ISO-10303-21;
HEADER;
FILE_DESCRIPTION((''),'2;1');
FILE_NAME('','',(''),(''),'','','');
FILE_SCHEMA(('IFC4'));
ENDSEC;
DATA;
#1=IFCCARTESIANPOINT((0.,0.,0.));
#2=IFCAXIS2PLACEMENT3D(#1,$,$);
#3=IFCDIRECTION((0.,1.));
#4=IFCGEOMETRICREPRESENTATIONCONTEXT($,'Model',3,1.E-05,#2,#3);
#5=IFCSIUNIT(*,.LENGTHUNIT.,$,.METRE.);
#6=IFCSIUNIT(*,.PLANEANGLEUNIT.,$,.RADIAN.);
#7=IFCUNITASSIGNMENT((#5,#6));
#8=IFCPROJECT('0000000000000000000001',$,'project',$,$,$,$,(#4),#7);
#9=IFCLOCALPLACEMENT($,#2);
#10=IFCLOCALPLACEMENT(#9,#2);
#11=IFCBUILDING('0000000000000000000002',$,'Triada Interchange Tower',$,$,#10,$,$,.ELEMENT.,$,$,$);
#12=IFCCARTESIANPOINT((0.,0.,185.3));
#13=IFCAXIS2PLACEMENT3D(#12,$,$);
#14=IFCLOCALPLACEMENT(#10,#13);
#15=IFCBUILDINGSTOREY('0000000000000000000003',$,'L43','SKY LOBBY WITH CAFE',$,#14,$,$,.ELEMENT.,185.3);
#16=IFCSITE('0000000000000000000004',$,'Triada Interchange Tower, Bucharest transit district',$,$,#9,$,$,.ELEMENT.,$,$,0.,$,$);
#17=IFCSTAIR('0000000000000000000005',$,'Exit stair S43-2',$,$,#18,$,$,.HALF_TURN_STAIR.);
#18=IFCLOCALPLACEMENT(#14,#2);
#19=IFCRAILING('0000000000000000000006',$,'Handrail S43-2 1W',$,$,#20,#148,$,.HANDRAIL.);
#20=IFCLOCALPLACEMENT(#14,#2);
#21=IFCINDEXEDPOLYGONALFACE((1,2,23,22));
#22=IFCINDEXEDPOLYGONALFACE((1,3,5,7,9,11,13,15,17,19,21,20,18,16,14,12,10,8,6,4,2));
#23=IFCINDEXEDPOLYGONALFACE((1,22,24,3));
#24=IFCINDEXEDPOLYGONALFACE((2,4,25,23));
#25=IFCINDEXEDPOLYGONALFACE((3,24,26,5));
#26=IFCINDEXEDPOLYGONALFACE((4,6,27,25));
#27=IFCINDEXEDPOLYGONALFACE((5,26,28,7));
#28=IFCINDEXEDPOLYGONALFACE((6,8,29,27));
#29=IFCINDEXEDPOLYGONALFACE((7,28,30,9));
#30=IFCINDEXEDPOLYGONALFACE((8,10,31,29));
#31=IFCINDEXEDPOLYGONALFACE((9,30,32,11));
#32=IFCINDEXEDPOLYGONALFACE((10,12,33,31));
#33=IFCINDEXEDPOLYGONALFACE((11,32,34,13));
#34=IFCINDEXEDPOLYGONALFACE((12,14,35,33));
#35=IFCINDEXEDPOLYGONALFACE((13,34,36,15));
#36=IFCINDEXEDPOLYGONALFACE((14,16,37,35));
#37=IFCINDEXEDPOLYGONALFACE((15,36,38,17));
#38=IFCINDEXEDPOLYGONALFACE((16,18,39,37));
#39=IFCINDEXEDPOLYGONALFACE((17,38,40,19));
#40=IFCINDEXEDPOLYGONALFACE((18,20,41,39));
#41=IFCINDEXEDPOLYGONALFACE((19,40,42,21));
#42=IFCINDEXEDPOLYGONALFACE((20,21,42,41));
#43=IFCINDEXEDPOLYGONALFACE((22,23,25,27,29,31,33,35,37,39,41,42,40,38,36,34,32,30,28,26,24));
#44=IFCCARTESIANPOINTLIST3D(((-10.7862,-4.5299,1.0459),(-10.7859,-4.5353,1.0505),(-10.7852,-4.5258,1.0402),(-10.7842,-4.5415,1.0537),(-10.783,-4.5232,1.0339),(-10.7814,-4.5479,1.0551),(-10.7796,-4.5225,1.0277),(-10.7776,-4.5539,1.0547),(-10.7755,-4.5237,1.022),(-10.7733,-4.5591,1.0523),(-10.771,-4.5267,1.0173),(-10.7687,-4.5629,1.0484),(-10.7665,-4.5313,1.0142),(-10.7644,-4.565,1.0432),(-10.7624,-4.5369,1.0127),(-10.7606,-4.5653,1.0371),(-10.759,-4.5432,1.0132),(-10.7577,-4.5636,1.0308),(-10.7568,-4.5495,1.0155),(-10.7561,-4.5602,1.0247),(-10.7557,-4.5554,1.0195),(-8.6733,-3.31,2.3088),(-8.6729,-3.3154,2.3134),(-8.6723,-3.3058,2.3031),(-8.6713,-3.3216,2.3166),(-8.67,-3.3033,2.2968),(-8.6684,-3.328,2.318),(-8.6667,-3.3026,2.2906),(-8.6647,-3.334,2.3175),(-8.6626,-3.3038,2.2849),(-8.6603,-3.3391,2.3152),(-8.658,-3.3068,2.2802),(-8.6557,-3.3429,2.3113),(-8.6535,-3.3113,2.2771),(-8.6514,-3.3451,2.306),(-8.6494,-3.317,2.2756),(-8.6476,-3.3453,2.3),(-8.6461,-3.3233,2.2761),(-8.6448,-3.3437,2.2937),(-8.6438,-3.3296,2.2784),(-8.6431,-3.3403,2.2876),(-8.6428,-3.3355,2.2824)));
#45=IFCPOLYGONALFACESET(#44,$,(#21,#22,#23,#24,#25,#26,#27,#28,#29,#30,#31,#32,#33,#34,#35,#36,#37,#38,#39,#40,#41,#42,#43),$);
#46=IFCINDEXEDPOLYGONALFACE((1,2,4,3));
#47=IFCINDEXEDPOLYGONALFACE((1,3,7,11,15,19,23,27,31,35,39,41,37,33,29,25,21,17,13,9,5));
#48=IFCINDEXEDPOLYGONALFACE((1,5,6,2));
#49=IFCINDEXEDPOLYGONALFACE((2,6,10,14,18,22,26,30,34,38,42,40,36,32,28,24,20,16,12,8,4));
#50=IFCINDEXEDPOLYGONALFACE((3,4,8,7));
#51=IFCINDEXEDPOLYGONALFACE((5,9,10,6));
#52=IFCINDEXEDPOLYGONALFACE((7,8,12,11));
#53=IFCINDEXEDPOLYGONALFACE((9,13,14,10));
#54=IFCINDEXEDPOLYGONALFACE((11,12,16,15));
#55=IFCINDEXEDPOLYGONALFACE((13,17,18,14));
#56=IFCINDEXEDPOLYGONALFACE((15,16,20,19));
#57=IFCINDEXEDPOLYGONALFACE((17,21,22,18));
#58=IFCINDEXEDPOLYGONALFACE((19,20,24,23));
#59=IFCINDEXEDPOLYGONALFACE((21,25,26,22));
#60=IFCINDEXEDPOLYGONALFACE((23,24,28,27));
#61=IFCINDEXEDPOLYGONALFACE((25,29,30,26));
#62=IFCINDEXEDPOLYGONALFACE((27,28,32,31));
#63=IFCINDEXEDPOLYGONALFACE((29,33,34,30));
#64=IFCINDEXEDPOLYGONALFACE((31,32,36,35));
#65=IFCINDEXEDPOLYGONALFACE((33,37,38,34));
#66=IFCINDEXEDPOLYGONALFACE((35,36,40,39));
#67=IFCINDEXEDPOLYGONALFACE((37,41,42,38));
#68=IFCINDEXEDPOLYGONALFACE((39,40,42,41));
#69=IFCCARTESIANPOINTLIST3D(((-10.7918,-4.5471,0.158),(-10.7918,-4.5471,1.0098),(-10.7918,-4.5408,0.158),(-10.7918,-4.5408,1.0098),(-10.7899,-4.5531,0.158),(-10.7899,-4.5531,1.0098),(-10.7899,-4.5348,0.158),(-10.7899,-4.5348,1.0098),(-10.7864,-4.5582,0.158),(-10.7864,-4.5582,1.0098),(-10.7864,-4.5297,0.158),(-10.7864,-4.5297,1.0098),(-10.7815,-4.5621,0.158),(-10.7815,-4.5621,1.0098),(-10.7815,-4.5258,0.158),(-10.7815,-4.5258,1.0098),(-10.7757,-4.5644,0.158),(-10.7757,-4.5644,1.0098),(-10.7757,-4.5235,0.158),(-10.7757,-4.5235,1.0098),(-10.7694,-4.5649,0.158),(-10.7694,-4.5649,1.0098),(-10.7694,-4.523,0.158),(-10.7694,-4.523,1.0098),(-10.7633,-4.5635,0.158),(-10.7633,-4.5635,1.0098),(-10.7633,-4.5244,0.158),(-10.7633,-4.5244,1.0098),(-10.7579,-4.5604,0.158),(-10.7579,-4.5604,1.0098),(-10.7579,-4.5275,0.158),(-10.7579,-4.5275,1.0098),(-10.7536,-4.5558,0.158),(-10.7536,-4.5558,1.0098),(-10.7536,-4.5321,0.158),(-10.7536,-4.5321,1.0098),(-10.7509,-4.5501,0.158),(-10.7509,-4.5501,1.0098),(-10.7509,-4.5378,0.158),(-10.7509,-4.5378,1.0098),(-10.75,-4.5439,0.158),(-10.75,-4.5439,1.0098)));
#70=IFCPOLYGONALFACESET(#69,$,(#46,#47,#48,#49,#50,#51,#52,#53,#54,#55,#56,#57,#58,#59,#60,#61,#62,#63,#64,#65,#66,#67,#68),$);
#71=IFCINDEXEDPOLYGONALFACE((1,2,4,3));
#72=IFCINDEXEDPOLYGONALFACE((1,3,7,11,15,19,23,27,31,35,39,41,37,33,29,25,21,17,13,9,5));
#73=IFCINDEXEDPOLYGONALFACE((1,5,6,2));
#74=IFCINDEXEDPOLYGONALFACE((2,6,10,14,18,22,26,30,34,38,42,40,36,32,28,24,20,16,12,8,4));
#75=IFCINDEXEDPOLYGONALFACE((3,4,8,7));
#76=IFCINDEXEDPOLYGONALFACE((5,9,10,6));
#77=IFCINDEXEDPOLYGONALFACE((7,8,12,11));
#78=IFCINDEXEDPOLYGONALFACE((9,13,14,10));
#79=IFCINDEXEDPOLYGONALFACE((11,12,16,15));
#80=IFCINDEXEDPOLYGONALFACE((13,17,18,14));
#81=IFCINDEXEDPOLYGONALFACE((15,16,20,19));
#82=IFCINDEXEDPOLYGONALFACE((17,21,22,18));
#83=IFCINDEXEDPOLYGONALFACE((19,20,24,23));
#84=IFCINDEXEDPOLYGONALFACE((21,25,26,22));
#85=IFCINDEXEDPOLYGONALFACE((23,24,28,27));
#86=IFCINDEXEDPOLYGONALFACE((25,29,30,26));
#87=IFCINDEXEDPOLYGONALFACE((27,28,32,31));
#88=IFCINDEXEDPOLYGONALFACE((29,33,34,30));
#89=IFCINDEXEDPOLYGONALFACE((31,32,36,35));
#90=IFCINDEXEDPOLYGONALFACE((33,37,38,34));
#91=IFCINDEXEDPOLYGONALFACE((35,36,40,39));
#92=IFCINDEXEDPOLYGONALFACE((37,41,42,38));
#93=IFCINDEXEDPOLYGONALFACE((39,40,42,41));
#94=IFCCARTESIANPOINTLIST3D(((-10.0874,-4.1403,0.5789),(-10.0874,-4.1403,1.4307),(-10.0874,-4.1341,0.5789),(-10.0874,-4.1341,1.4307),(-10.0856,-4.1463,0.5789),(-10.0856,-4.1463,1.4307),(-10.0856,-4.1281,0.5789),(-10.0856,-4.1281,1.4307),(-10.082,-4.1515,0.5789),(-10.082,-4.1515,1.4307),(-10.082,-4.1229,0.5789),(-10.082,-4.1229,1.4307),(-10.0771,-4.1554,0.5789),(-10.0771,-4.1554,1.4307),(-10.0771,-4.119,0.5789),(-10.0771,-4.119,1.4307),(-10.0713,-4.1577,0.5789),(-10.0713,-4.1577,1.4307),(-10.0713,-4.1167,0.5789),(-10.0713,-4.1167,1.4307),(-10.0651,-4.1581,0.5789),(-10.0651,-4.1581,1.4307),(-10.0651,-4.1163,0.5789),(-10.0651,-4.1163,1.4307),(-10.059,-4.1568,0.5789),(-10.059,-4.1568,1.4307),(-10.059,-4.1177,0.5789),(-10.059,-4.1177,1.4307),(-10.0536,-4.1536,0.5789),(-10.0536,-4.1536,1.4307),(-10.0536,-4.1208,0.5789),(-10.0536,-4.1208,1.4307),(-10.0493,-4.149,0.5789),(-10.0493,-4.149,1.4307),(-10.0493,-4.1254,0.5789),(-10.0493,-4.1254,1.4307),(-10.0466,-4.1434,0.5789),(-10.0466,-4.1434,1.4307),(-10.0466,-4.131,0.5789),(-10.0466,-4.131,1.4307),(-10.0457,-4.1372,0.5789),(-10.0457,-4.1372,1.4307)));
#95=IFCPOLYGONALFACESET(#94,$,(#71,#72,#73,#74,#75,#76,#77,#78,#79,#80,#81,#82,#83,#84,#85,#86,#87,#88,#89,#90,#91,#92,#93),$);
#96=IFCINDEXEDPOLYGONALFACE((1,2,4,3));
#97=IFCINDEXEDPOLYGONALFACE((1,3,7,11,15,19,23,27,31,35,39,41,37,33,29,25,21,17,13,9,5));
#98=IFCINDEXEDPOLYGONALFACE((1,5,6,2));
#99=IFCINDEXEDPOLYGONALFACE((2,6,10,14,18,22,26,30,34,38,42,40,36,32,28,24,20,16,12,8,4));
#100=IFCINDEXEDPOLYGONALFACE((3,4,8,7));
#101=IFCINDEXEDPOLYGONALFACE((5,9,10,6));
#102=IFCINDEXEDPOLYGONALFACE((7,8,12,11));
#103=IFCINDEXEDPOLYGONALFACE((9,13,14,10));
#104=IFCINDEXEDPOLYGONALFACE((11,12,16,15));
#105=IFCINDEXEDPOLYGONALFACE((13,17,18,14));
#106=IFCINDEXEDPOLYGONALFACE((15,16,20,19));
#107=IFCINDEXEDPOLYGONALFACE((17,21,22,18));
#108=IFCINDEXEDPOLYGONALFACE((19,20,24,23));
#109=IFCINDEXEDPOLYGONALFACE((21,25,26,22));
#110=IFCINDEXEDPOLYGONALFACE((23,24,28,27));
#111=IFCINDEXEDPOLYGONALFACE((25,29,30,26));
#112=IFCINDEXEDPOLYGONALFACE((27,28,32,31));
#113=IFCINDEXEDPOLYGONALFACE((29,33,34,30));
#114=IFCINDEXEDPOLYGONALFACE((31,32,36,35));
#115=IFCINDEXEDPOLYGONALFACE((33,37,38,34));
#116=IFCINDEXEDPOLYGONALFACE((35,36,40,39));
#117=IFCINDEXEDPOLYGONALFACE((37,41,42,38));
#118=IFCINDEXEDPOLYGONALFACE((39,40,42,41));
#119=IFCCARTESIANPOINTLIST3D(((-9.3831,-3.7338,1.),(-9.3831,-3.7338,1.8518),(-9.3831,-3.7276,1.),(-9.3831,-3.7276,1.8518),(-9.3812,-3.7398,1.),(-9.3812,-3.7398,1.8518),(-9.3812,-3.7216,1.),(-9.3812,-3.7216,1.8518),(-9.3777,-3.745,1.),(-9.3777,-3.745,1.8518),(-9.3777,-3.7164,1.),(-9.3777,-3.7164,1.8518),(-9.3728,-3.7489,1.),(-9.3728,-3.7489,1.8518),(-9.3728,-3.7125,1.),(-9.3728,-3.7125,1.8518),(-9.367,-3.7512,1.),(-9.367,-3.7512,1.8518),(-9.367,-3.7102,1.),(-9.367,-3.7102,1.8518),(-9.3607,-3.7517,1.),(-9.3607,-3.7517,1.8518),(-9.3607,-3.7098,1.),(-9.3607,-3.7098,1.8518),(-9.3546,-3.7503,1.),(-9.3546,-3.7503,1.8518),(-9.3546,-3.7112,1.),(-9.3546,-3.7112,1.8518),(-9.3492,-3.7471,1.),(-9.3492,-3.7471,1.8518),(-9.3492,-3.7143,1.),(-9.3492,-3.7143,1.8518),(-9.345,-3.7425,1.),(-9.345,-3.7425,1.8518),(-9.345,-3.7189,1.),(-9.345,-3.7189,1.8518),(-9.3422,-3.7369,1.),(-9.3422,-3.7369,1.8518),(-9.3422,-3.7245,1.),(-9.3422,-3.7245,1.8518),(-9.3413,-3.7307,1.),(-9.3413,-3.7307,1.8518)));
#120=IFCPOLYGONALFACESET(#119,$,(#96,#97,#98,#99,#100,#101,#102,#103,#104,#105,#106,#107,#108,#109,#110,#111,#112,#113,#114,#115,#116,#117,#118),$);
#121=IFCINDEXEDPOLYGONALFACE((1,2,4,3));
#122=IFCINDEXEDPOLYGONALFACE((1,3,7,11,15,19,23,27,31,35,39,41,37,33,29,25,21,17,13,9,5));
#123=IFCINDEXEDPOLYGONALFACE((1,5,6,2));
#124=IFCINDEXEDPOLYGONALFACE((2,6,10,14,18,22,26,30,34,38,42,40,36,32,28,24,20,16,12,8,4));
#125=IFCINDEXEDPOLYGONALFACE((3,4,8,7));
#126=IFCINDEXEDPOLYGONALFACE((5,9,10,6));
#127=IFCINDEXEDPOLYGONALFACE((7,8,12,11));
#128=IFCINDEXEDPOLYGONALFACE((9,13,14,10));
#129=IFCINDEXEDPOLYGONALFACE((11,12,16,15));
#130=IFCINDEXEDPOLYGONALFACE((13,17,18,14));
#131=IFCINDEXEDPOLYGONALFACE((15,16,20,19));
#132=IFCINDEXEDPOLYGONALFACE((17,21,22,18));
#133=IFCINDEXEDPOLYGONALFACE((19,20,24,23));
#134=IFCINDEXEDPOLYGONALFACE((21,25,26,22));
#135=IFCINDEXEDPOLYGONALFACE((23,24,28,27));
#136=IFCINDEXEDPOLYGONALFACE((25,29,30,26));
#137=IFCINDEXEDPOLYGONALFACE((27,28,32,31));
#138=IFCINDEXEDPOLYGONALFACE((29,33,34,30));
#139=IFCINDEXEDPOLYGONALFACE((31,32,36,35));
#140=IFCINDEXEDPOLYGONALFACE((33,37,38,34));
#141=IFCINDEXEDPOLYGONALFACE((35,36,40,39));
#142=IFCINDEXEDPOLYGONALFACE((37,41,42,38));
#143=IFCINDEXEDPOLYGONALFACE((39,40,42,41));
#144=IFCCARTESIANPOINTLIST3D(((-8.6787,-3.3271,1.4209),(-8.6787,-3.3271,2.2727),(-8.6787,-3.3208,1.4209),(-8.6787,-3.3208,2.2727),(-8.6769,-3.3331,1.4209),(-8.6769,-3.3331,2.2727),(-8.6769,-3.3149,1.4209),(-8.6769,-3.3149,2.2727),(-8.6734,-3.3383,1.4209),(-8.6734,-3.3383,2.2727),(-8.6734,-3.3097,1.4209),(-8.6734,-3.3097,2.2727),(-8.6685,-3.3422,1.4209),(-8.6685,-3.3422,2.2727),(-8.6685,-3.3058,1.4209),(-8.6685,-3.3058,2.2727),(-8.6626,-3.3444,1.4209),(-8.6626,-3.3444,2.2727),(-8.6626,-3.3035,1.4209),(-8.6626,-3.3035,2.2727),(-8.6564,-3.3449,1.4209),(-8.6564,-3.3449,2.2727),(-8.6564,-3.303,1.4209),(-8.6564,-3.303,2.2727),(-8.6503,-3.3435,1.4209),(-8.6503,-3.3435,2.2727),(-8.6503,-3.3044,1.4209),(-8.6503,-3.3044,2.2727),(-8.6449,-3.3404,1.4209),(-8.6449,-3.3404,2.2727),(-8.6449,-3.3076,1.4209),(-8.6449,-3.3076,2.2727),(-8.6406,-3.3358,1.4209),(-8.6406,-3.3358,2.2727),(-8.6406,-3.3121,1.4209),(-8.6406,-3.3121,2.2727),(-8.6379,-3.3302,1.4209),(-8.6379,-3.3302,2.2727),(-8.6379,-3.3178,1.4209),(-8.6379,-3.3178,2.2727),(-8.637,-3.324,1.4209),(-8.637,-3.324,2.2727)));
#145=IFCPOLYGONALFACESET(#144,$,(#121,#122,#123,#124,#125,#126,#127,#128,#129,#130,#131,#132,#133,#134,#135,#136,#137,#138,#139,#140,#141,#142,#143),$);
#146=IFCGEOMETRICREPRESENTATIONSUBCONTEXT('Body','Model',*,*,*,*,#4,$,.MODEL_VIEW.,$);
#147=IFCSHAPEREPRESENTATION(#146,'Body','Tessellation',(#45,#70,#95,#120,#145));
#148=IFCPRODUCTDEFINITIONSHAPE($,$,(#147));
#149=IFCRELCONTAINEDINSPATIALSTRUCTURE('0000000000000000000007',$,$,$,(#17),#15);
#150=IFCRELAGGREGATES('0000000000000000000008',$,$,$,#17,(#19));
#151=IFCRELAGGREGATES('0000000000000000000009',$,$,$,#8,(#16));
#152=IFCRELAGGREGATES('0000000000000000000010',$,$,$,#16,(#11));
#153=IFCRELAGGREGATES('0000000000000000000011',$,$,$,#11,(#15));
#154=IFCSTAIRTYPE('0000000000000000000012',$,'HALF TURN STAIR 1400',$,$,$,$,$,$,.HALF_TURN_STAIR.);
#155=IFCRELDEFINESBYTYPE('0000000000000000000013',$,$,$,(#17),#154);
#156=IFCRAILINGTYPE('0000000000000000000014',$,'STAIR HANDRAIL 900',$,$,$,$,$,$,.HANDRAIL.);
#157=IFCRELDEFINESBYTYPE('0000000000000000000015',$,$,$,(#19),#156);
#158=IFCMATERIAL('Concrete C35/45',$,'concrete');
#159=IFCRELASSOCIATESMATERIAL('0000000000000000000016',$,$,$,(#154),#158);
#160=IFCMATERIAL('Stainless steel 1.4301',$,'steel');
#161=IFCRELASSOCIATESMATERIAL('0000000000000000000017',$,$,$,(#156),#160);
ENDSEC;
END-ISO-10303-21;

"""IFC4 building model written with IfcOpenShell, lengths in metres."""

from ifc_helpers import new_model, si_unit, direction, frame, origin, origin_2d, place, context, subcontext, project, spatial, circle, extrude, material, type_object, element, aggregate, save


model = new_model("IFC4")

# Units and contexts
model_context = context("Model", 3, precision=1e-05, world=origin(), true_north=direction((0.0, 1.0)))
body_context = subcontext(model_context, "Body", "Model", "MODEL_VIEW")
ifc_project = project(units=[si_unit("LENGTHUNIT", "METRE"), si_unit("PLANEANGLEUNIT", "RADIAN")], contexts=[model_context])

# Site, building, storey
site_placement = place(None, origin())
site = spatial("IfcSite", under=ifc_project, at=site_placement, Name="Triada Interchange Tower, Bucharest transit district", CompositionType="ELEMENT", RefElevation=0.0)
building_placement = place(site_placement, origin())
building = spatial("IfcBuilding", under=site, at=building_placement, Name="Triada Interchange Tower", CompositionType="ELEMENT")
storey_placement = place(building_placement, frame((0.0, 0.0, 185.3)))
storey = spatial("IfcBuildingStorey", under=building, at=storey_placement, Name="L43", Description="SKY LOBBY WITH CAFE", CompositionType="ELEMENT", Elevation=185.3)

# Shared definitions
ifc_material_1 = material(Name="Concrete C35/45", Category="concrete")

# Stair, railing
stair_type = type_object("IfcStairType", Name="HALF TURN STAIR 1400", PredefinedType="HALF_TURN_STAIR", material=ifc_material_1)
stair_placement = place(storey_placement, origin())
stair = element("IfcStair", 1, at=stair_placement, inside=storey, type_object=stair_type, Name="Exit stair S43-2", PredefinedType="HALF_TURN_STAIR")
ifc_material_2 = material(Name="Stainless steel 1.4301", Category="steel")
railing_type_1 = type_object("IfcRailingType", Name="STAIR HANDRAIL 900", PredefinedType="HANDRAIL", material=ifc_material_2)
railing_1_placement = place(storey_placement, frame((-10.771, -4.5439, 0.158)))
railing_1 = element("IfcRailing", 2, at=railing_1_placement, type_object=railing_type_1, Name="Handrail S43-2 1W", PredefinedType="HANDRAIL", context=body_context, shape_type="SweptSolid", body=[
    extrude(circle(Radius=0.0239, at=origin_2d()), frame((0.0, 0.0, 0.876), z_axis=(0.769101, 0.444044, 0.459683), x_axis=(-0.500003, 0.866024, 0.0)), (0.0, 0.0, 1.0), 2.7473),
    extrude(circle(Radius=0.021, at=origin_2d()), origin(), (0.0, 0.0, 1.0), 0.8518),
    extrude(circle(Radius=0.021, at=origin_2d()), frame((0.7043, 0.4067, 0.4209)), (0.0, 0.0, 1.0), 0.8518),
    extrude(circle(Radius=0.021, at=origin_2d()), frame((1.4087, 0.8132, 0.842)), (0.0, 0.0, 1.0), 0.8518),
    extrude(circle(Radius=0.021, at=origin_2d()), frame((2.113, 1.22, 1.2629)), (0.0, 0.0, 1.0), 0.8518),
])
aggregate(stair, [railing_1])

save(model, "model.ifc")
